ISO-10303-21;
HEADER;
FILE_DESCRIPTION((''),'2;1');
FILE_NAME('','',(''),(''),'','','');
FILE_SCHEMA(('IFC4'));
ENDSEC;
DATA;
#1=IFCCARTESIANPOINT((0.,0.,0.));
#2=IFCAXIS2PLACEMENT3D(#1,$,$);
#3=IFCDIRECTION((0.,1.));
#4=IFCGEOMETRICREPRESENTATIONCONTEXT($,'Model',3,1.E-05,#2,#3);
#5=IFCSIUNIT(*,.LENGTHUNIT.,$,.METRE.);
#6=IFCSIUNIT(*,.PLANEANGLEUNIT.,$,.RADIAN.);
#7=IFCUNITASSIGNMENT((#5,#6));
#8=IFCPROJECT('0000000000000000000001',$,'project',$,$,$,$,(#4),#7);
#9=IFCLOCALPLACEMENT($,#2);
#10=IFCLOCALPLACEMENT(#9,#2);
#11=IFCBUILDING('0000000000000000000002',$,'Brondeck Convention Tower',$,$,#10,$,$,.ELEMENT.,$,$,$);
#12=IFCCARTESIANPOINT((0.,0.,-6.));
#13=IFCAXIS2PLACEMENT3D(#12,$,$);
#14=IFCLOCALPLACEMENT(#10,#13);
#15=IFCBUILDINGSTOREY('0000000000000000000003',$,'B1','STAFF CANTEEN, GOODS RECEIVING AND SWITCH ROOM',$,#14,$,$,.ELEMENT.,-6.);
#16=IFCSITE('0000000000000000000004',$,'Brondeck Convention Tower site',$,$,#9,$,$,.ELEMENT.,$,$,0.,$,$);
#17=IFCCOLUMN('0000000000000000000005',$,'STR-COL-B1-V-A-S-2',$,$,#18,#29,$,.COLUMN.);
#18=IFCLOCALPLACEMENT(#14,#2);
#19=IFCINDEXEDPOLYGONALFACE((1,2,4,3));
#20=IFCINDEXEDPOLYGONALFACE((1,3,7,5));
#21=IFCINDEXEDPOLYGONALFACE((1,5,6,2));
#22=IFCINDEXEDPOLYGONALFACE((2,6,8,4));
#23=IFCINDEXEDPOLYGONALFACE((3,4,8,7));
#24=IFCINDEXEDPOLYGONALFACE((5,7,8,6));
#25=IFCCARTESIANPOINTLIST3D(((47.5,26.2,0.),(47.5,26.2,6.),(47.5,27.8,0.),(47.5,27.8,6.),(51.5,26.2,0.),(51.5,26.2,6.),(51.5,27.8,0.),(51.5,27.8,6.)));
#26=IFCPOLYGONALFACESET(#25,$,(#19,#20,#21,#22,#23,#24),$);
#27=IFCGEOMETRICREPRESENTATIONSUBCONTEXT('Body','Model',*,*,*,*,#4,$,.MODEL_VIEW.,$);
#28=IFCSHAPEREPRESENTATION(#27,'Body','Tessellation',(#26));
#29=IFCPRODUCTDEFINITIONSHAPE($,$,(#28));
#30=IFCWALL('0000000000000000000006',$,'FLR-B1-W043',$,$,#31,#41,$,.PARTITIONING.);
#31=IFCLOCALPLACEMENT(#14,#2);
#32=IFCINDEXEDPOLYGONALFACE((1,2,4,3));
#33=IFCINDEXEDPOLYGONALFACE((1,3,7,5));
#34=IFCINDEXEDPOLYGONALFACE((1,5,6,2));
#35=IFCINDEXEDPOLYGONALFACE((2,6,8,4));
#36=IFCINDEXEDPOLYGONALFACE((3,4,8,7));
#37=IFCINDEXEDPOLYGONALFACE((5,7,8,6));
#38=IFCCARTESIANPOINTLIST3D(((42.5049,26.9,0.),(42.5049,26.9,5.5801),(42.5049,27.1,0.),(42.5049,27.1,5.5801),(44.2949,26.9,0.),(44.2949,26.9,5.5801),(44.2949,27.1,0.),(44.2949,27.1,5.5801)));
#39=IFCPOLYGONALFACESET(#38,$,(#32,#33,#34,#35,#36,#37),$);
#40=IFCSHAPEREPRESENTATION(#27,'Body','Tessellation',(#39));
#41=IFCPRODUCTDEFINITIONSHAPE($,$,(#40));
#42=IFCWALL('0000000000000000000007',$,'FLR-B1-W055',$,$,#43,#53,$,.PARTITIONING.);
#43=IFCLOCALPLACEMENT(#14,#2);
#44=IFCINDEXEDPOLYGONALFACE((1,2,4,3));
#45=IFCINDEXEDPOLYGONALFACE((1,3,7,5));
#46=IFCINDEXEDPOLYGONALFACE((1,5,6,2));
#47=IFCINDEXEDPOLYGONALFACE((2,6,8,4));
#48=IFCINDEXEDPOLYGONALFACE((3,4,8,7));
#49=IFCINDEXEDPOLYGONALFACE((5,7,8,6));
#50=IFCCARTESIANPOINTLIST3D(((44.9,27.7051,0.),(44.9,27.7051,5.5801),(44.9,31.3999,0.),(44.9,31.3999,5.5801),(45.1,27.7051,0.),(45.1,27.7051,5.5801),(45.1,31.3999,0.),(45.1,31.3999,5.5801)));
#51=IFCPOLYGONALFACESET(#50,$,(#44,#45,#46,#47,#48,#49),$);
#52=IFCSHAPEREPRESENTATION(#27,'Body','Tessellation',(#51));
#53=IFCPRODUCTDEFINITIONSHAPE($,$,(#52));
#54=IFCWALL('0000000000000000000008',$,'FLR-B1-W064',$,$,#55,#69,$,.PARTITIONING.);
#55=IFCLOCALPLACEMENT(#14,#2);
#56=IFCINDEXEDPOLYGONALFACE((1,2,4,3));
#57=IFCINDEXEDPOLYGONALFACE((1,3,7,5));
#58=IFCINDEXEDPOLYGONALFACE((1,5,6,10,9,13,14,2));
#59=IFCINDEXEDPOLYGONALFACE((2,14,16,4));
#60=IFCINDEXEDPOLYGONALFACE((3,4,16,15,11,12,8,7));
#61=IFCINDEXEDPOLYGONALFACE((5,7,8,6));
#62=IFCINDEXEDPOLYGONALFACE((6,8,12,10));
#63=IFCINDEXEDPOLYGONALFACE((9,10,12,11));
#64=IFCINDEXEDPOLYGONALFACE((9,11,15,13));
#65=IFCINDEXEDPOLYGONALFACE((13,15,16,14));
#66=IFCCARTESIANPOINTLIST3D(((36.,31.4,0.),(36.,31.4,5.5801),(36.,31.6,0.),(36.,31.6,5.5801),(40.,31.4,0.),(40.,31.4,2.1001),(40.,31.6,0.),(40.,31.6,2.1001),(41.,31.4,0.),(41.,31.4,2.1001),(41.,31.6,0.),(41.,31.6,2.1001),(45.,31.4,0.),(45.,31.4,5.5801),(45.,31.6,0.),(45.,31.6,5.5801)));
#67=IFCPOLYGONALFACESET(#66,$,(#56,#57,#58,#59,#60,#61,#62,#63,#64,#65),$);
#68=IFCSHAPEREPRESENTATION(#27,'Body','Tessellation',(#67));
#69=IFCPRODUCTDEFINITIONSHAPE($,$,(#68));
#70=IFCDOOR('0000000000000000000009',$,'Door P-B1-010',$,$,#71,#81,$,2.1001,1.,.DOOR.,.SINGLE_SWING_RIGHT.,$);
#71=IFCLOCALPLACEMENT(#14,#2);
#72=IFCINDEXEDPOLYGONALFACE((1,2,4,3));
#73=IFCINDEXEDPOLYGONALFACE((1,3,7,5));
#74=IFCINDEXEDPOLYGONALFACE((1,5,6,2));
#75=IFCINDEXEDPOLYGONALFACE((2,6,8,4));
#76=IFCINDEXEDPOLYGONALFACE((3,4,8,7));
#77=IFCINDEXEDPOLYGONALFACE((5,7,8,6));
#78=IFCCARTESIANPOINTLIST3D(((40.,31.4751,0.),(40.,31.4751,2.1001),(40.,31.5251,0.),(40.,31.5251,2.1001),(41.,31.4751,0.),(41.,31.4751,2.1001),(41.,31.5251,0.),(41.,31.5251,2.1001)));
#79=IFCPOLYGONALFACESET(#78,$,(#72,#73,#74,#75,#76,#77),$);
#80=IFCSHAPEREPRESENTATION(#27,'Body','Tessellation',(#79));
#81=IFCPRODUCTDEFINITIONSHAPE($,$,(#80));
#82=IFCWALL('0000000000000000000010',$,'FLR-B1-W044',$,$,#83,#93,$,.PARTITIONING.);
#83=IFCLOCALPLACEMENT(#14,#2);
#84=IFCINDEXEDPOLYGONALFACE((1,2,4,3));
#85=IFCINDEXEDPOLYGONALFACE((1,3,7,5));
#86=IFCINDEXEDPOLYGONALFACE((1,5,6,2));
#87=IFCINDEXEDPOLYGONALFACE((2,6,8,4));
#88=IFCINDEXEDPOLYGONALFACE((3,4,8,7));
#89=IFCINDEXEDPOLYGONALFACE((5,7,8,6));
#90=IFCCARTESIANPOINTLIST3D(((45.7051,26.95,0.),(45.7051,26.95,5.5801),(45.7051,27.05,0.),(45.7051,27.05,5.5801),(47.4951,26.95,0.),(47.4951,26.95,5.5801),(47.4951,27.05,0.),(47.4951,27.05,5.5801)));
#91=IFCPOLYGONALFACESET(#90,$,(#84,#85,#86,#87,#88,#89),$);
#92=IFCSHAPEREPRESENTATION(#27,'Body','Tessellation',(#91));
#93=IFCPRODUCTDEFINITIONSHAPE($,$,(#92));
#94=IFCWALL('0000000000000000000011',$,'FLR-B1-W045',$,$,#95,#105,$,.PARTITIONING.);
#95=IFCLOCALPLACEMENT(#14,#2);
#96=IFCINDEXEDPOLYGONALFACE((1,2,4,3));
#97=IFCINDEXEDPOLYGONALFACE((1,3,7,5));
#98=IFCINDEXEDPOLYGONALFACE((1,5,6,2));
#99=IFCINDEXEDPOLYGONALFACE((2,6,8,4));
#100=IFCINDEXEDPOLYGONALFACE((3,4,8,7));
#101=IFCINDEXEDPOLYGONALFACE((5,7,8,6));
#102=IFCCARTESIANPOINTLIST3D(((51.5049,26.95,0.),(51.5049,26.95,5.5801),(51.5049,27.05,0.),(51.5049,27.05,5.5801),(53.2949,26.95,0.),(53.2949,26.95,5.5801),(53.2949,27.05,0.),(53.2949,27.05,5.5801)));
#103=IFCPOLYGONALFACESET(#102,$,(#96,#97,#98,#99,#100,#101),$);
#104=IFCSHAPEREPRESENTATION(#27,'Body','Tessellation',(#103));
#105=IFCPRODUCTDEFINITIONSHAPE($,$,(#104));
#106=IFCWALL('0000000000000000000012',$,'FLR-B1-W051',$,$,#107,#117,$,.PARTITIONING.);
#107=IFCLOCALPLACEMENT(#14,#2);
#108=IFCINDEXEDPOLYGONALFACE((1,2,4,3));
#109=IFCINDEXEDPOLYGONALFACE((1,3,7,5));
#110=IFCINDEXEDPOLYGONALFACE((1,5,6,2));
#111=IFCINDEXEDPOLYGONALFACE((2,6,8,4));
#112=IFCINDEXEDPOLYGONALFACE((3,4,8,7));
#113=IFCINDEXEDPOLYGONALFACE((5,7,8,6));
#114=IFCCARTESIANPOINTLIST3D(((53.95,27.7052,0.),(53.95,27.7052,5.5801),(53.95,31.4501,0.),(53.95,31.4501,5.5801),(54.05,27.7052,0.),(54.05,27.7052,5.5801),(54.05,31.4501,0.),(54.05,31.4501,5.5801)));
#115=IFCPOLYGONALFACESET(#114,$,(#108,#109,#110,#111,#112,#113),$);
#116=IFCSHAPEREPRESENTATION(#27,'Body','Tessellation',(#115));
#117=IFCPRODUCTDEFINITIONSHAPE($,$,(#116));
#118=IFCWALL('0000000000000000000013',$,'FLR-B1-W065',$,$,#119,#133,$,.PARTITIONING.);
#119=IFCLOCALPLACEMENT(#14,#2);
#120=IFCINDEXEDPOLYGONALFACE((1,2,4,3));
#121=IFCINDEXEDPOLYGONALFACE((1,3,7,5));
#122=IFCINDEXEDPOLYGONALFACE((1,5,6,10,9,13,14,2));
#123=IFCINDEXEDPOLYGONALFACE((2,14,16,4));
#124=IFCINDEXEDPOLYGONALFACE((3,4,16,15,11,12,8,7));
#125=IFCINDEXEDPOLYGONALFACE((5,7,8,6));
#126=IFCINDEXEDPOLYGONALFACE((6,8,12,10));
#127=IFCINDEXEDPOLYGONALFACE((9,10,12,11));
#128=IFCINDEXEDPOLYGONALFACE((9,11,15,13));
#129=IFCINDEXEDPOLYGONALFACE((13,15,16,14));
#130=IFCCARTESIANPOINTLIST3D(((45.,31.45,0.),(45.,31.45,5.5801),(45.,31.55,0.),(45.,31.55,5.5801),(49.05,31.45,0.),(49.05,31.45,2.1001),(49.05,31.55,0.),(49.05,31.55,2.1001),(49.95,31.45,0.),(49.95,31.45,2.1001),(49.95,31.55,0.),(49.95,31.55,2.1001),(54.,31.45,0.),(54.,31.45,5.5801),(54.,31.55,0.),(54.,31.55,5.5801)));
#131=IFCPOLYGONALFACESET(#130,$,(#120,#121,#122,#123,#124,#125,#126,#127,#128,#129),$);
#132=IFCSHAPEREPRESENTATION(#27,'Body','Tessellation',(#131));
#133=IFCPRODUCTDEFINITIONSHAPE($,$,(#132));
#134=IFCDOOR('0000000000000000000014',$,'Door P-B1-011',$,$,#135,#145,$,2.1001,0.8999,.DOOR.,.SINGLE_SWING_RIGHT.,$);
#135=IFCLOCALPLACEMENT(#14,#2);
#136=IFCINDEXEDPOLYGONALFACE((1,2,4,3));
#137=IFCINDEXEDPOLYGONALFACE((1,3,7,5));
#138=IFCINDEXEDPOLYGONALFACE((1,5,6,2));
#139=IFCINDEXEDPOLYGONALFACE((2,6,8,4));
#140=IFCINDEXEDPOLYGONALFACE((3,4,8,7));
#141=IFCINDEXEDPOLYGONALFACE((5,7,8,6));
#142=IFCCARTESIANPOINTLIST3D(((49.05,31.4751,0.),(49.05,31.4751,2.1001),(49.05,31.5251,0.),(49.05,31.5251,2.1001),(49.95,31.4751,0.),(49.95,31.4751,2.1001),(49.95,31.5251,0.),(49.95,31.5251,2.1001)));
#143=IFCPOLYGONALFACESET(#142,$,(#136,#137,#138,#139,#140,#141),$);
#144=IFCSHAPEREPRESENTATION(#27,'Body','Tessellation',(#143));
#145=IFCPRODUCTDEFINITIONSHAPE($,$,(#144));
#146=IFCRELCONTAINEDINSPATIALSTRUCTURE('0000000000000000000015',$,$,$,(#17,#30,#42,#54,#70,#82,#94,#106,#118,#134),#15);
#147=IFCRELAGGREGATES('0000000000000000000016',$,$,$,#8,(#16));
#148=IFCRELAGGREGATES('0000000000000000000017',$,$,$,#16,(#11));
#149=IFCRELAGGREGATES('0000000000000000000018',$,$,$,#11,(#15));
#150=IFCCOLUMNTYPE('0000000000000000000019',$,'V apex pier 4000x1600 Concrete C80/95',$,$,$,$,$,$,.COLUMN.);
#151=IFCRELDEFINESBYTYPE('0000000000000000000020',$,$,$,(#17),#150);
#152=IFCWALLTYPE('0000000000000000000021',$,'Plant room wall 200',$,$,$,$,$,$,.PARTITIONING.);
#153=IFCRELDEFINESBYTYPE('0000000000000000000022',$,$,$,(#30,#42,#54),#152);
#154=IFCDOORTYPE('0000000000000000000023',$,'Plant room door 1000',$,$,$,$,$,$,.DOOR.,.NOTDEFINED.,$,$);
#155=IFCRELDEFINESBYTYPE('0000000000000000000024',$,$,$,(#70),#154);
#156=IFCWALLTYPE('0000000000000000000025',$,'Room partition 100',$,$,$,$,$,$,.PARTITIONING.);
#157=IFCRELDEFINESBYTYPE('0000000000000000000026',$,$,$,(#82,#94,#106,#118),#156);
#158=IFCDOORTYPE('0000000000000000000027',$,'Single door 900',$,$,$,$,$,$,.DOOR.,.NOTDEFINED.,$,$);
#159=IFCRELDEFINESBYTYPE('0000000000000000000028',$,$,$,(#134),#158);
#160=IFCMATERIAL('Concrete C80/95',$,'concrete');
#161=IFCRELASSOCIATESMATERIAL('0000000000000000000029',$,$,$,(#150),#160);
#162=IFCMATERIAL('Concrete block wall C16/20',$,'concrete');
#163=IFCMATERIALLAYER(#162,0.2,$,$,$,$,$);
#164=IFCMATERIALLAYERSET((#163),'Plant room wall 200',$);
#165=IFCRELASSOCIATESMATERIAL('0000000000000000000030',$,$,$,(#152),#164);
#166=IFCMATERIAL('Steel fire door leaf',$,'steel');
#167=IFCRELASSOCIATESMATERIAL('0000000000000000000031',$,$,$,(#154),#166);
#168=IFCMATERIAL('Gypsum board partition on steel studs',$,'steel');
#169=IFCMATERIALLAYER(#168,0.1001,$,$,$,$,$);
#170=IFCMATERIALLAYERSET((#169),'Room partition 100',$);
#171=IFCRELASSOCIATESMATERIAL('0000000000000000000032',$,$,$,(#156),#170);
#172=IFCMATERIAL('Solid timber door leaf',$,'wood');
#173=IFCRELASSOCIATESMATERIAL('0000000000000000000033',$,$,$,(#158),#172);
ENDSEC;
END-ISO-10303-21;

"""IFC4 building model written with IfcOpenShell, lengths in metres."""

from ifc_helpers import new_model, si_unit, direction, frame, frame_2d, origin, origin_2d, place, context, subcontext, project, spatial, rectangle, extrude, material, layer, layer_set, material_profile, profile_set, type_object, element, fill, save


model = new_model("IFC4")

# Units and contexts
model_context = context("Model", 3, precision=1e-05, world=origin(), true_north=direction((0.0, 1.0)))
body_context = subcontext(model_context, "Body", "Model", "MODEL_VIEW")
ifc_project = project(units=[si_unit("LENGTHUNIT", "METRE"), si_unit("PLANEANGLEUNIT", "RADIAN")], contexts=[model_context])

# Site, building, storey
site_placement = place(None, origin())
site = spatial("IfcSite", under=ifc_project, at=site_placement, Name="Brondeck Convention Tower site", CompositionType="ELEMENT", RefElevation=0.0)
building_placement = place(site_placement, origin())
building = spatial("IfcBuilding", under=site, at=building_placement, Name="Brondeck Convention Tower", CompositionType="ELEMENT")
storey_placement = place(building_placement, frame((0.0, 0.0, -6.0)))
storey = spatial("IfcBuildingStorey", under=building, at=storey_placement, Name="B1", Description="STAFF CANTEEN, GOODS RECEIVING AND SWITCH ROOM", CompositionType="ELEMENT", Elevation=-6.0)

# Column
ifc_material_1 = material(Name="Concrete C80/95", Category="concrete")
ifc_material_profile_1 = material_profile(ifc_material_1, rectangle(XDim=4.0, YDim=1.6001, at=origin_2d()), Name="V apex pier 4000x1600 Concrete C80/95")
ifc_profile_set_1 = profile_set([ifc_material_profile_1], Name="Concrete C80/95")
column_type_1 = type_object("IfcColumnType", Name="V apex pier 4000x1600 Concrete C80/95", PredefinedType="COLUMN", material=ifc_profile_set_1)
column_placement = place(storey_placement, frame((49.5, 27.0, 0.0), z_axis=(0.0, 0.0, 1.0), x_axis=(1.0, 0.0, 0.0)))
element("IfcColumn", 1, at=column_placement, inside=storey, type_object=column_type_1, Name="STR-COL-B1-V-A-S-2", PredefinedType="COLUMN", context=body_context, shape_type="SweptSolid", body=[
    extrude(rectangle(XDim=4.0, YDim=1.6001, at=origin_2d()), origin(), (0.0, 0.0, 1.0), 6.0),
])

# Walls
ifc_material_2 = material(Name="Concrete block wall C16/20", Category="concrete")
ifc_layer_1 = layer(ifc_material_2, 0.2)
ifc_layer_set_1 = layer_set([ifc_layer_1], Name="Plant room wall 200")
wall_type_1 = type_object("IfcWallType", Name="Plant room wall 200", PredefinedType="PARTITIONING", material=ifc_layer_set_1)
wall_1_placement = place(storey_placement, frame((44.2949, 27.0, 0.0), z_axis=(0.0, 0.0, 1.0), x_axis=(-1.0, 0.0, 0.0)))
element("IfcWall", 2, at=wall_1_placement, inside=storey, type_object=wall_type_1, Name="FLR-B1-W043", PredefinedType="PARTITIONING", context=body_context, shape_type="SweptSolid", body=[
    extrude(rectangle(XDim=1.79, YDim=0.2, at=frame_2d((0.895, 0.0))), origin(), (0.0, 0.0, 1.0), 5.5801),
])
wall_2_placement = place(storey_placement, frame((45.0, 31.3999, 0.0), z_axis=(0.0, 0.0, 1.0), x_axis=(0.0, -1.0, 0.0)))
element("IfcWall", 3, at=wall_2_placement, inside=storey, type_object=wall_type_1, Name="FLR-B1-W055", PredefinedType="PARTITIONING", context=body_context, shape_type="SweptSolid", body=[
    extrude(rectangle(XDim=3.6948, YDim=0.2, at=frame_2d((1.8474, 0.0))), origin(), (0.0, 0.0, 1.0), 5.5801),
])

# Wall, opening, door
wall_3_placement = place(storey_placement, frame((45.0, 31.5, 0.0), z_axis=(0.0, 0.0, 1.0), x_axis=(-1.0, 0.0, 0.0)))
wall_3 = element("IfcWall", 4, at=wall_3_placement, inside=storey, type_object=wall_type_1, Name="FLR-B1-W064", PredefinedType="PARTITIONING", context=body_context, shape_type="SweptSolid", body=[
    extrude(rectangle(XDim=9.0, YDim=0.2, at=frame_2d((4.5, 0.0))), origin(), (0.0, 0.0, 1.0), 5.5801),
])
opening_1_placement = place(wall_3_placement, frame((4.0, 0.0, 0.0)))
opening_1 = element("IfcOpeningElement", 5, at=opening_1_placement, cuts=wall_3, PredefinedType="OPENING", context=body_context, shape_type="SweptSolid", body=[
    extrude(rectangle(XDim=1.0, YDim=2.1001, at=frame_2d((0.5, 1.05))), frame((0.0, 0.1099, 0.0), z_axis=(0.0, -1.0, 0.0), x_axis=(1.0, 0.0, 0.0)), (0.0, 0.0, 1.0), 0.22),
])
ifc_material_3 = material(Name="Steel fire door leaf", Category="steel")
door_type_1 = type_object("IfcDoorType", Name="Plant room door 1000", OperationType="NOTDEFINED", PredefinedType="DOOR", material=ifc_material_3)
door_1_placement = place(opening_1_placement, origin())
door_1 = element("IfcDoor", 6, at=door_1_placement, inside=storey, type_object=door_type_1, Name="Door P-B1-010", OperationType="SINGLE_SWING_RIGHT", OverallHeight=2.1001, OverallWidth=1.0, PredefinedType="DOOR", context=body_context, shape_type="SweptSolid", body=[
    extrude(rectangle(XDim=1.0, YDim=2.1001, at=frame_2d((0.5, 1.05))), frame((0.0, 0.0249, 0.0), z_axis=(0.0, -1.0, 0.0), x_axis=(1.0, 0.0, 0.0)), (0.0, 0.0, 1.0), 0.05),
])
fill(opening_1, door_1)

# Walls
ifc_material_4 = material(Name="Gypsum board partition on steel studs", Category="steel")
ifc_layer_2 = layer(ifc_material_4, 0.1001)
ifc_layer_set_2 = layer_set([ifc_layer_2], Name="Room partition 100")
wall_type_2 = type_object("IfcWallType", Name="Room partition 100", PredefinedType="PARTITIONING", material=ifc_layer_set_2)
for number, where, z_axis, x_axis, name in (
    (7, (47.4951, 27.0, 0.0), (0.0, 0.0, 1.0), (-1.0, 0.0, 0.0), "FLR-B1-W044"),
    (8, (53.2949, 27.0, 0.0), (0.0, 0.0, 1.0), (-1.0, 0.0, 0.0), "FLR-B1-W045"),
):
    element("IfcWall", number, at=place(storey_placement, frame(where, z_axis=z_axis, x_axis=x_axis)), inside=storey, type_object=wall_type_2, Name=name, PredefinedType="PARTITIONING", context=body_context, shape_type="SweptSolid", body=[
        extrude(rectangle(XDim=1.79, YDim=0.1001, at=frame_2d((0.895, 0.0))), origin(), (0.0, 0.0, 1.0), 5.5801),
    ])
wall_4_placement = place(storey_placement, frame((54.0, 27.7051, 0.0), z_axis=(0.0, 0.0, 1.0), x_axis=(0.0, 1.0, 0.0)))
element("IfcWall", 9, at=wall_4_placement, inside=storey, type_object=wall_type_2, Name="FLR-B1-W051", PredefinedType="PARTITIONING", context=body_context, shape_type="SweptSolid", body=[
    extrude(rectangle(XDim=3.7449, YDim=0.1001, at=frame_2d((1.8726, 0.0))), origin(), (0.0, 0.0, 1.0), 5.5801),
])

# Wall, opening, door
wall_5_placement = place(storey_placement, frame((54.0, 31.5, 0.0), z_axis=(0.0, 0.0, 1.0), x_axis=(-1.0, 0.0, 0.0)))
wall_5 = element("IfcWall", 10, at=wall_5_placement, inside=storey, type_object=wall_type_2, Name="FLR-B1-W065", PredefinedType="PARTITIONING", context=body_context, shape_type="SweptSolid", body=[
    extrude(rectangle(XDim=9.0, YDim=0.1001, at=frame_2d((4.5, 0.0))), origin(), (0.0, 0.0, 1.0), 5.5801),
])
opening_2_placement = place(wall_5_placement, frame((4.05, 0.0, 0.0)))
opening_2 = element("IfcOpeningElement", 11, at=opening_2_placement, cuts=wall_5, PredefinedType="OPENING", context=body_context, shape_type="SweptSolid", body=[
    extrude(rectangle(XDim=0.8999, YDim=2.1001, at=frame_2d((0.45, 1.05))), frame((0.0, 0.0601, 0.0), z_axis=(0.0, -1.0, 0.0), x_axis=(1.0, 0.0, 0.0)), (0.0, 0.0, 1.0), 0.1201),
])
ifc_material_5 = material(Name="Solid timber door leaf", Category="wood")
door_type_2 = type_object("IfcDoorType", Name="Single door 900", OperationType="NOTDEFINED", PredefinedType="DOOR", material=ifc_material_5)
door_2_placement = place(opening_2_placement, origin())
door_2 = element("IfcDoor", 12, at=door_2_placement, inside=storey, type_object=door_type_2, Name="Door P-B1-011", OperationType="SINGLE_SWING_RIGHT", OverallHeight=2.1001, OverallWidth=0.8999, PredefinedType="DOOR", context=body_context, shape_type="SweptSolid", body=[
    extrude(rectangle(XDim=0.8999, YDim=2.1001, at=frame_2d((0.45, 1.05))), frame((0.0, 0.0249, 0.0), z_axis=(0.0, -1.0, 0.0), x_axis=(1.0, 0.0, 0.0)), (0.0, 0.0, 1.0), 0.05),
])
fill(opening_2, door_2)

save(model, "model.ifc")
